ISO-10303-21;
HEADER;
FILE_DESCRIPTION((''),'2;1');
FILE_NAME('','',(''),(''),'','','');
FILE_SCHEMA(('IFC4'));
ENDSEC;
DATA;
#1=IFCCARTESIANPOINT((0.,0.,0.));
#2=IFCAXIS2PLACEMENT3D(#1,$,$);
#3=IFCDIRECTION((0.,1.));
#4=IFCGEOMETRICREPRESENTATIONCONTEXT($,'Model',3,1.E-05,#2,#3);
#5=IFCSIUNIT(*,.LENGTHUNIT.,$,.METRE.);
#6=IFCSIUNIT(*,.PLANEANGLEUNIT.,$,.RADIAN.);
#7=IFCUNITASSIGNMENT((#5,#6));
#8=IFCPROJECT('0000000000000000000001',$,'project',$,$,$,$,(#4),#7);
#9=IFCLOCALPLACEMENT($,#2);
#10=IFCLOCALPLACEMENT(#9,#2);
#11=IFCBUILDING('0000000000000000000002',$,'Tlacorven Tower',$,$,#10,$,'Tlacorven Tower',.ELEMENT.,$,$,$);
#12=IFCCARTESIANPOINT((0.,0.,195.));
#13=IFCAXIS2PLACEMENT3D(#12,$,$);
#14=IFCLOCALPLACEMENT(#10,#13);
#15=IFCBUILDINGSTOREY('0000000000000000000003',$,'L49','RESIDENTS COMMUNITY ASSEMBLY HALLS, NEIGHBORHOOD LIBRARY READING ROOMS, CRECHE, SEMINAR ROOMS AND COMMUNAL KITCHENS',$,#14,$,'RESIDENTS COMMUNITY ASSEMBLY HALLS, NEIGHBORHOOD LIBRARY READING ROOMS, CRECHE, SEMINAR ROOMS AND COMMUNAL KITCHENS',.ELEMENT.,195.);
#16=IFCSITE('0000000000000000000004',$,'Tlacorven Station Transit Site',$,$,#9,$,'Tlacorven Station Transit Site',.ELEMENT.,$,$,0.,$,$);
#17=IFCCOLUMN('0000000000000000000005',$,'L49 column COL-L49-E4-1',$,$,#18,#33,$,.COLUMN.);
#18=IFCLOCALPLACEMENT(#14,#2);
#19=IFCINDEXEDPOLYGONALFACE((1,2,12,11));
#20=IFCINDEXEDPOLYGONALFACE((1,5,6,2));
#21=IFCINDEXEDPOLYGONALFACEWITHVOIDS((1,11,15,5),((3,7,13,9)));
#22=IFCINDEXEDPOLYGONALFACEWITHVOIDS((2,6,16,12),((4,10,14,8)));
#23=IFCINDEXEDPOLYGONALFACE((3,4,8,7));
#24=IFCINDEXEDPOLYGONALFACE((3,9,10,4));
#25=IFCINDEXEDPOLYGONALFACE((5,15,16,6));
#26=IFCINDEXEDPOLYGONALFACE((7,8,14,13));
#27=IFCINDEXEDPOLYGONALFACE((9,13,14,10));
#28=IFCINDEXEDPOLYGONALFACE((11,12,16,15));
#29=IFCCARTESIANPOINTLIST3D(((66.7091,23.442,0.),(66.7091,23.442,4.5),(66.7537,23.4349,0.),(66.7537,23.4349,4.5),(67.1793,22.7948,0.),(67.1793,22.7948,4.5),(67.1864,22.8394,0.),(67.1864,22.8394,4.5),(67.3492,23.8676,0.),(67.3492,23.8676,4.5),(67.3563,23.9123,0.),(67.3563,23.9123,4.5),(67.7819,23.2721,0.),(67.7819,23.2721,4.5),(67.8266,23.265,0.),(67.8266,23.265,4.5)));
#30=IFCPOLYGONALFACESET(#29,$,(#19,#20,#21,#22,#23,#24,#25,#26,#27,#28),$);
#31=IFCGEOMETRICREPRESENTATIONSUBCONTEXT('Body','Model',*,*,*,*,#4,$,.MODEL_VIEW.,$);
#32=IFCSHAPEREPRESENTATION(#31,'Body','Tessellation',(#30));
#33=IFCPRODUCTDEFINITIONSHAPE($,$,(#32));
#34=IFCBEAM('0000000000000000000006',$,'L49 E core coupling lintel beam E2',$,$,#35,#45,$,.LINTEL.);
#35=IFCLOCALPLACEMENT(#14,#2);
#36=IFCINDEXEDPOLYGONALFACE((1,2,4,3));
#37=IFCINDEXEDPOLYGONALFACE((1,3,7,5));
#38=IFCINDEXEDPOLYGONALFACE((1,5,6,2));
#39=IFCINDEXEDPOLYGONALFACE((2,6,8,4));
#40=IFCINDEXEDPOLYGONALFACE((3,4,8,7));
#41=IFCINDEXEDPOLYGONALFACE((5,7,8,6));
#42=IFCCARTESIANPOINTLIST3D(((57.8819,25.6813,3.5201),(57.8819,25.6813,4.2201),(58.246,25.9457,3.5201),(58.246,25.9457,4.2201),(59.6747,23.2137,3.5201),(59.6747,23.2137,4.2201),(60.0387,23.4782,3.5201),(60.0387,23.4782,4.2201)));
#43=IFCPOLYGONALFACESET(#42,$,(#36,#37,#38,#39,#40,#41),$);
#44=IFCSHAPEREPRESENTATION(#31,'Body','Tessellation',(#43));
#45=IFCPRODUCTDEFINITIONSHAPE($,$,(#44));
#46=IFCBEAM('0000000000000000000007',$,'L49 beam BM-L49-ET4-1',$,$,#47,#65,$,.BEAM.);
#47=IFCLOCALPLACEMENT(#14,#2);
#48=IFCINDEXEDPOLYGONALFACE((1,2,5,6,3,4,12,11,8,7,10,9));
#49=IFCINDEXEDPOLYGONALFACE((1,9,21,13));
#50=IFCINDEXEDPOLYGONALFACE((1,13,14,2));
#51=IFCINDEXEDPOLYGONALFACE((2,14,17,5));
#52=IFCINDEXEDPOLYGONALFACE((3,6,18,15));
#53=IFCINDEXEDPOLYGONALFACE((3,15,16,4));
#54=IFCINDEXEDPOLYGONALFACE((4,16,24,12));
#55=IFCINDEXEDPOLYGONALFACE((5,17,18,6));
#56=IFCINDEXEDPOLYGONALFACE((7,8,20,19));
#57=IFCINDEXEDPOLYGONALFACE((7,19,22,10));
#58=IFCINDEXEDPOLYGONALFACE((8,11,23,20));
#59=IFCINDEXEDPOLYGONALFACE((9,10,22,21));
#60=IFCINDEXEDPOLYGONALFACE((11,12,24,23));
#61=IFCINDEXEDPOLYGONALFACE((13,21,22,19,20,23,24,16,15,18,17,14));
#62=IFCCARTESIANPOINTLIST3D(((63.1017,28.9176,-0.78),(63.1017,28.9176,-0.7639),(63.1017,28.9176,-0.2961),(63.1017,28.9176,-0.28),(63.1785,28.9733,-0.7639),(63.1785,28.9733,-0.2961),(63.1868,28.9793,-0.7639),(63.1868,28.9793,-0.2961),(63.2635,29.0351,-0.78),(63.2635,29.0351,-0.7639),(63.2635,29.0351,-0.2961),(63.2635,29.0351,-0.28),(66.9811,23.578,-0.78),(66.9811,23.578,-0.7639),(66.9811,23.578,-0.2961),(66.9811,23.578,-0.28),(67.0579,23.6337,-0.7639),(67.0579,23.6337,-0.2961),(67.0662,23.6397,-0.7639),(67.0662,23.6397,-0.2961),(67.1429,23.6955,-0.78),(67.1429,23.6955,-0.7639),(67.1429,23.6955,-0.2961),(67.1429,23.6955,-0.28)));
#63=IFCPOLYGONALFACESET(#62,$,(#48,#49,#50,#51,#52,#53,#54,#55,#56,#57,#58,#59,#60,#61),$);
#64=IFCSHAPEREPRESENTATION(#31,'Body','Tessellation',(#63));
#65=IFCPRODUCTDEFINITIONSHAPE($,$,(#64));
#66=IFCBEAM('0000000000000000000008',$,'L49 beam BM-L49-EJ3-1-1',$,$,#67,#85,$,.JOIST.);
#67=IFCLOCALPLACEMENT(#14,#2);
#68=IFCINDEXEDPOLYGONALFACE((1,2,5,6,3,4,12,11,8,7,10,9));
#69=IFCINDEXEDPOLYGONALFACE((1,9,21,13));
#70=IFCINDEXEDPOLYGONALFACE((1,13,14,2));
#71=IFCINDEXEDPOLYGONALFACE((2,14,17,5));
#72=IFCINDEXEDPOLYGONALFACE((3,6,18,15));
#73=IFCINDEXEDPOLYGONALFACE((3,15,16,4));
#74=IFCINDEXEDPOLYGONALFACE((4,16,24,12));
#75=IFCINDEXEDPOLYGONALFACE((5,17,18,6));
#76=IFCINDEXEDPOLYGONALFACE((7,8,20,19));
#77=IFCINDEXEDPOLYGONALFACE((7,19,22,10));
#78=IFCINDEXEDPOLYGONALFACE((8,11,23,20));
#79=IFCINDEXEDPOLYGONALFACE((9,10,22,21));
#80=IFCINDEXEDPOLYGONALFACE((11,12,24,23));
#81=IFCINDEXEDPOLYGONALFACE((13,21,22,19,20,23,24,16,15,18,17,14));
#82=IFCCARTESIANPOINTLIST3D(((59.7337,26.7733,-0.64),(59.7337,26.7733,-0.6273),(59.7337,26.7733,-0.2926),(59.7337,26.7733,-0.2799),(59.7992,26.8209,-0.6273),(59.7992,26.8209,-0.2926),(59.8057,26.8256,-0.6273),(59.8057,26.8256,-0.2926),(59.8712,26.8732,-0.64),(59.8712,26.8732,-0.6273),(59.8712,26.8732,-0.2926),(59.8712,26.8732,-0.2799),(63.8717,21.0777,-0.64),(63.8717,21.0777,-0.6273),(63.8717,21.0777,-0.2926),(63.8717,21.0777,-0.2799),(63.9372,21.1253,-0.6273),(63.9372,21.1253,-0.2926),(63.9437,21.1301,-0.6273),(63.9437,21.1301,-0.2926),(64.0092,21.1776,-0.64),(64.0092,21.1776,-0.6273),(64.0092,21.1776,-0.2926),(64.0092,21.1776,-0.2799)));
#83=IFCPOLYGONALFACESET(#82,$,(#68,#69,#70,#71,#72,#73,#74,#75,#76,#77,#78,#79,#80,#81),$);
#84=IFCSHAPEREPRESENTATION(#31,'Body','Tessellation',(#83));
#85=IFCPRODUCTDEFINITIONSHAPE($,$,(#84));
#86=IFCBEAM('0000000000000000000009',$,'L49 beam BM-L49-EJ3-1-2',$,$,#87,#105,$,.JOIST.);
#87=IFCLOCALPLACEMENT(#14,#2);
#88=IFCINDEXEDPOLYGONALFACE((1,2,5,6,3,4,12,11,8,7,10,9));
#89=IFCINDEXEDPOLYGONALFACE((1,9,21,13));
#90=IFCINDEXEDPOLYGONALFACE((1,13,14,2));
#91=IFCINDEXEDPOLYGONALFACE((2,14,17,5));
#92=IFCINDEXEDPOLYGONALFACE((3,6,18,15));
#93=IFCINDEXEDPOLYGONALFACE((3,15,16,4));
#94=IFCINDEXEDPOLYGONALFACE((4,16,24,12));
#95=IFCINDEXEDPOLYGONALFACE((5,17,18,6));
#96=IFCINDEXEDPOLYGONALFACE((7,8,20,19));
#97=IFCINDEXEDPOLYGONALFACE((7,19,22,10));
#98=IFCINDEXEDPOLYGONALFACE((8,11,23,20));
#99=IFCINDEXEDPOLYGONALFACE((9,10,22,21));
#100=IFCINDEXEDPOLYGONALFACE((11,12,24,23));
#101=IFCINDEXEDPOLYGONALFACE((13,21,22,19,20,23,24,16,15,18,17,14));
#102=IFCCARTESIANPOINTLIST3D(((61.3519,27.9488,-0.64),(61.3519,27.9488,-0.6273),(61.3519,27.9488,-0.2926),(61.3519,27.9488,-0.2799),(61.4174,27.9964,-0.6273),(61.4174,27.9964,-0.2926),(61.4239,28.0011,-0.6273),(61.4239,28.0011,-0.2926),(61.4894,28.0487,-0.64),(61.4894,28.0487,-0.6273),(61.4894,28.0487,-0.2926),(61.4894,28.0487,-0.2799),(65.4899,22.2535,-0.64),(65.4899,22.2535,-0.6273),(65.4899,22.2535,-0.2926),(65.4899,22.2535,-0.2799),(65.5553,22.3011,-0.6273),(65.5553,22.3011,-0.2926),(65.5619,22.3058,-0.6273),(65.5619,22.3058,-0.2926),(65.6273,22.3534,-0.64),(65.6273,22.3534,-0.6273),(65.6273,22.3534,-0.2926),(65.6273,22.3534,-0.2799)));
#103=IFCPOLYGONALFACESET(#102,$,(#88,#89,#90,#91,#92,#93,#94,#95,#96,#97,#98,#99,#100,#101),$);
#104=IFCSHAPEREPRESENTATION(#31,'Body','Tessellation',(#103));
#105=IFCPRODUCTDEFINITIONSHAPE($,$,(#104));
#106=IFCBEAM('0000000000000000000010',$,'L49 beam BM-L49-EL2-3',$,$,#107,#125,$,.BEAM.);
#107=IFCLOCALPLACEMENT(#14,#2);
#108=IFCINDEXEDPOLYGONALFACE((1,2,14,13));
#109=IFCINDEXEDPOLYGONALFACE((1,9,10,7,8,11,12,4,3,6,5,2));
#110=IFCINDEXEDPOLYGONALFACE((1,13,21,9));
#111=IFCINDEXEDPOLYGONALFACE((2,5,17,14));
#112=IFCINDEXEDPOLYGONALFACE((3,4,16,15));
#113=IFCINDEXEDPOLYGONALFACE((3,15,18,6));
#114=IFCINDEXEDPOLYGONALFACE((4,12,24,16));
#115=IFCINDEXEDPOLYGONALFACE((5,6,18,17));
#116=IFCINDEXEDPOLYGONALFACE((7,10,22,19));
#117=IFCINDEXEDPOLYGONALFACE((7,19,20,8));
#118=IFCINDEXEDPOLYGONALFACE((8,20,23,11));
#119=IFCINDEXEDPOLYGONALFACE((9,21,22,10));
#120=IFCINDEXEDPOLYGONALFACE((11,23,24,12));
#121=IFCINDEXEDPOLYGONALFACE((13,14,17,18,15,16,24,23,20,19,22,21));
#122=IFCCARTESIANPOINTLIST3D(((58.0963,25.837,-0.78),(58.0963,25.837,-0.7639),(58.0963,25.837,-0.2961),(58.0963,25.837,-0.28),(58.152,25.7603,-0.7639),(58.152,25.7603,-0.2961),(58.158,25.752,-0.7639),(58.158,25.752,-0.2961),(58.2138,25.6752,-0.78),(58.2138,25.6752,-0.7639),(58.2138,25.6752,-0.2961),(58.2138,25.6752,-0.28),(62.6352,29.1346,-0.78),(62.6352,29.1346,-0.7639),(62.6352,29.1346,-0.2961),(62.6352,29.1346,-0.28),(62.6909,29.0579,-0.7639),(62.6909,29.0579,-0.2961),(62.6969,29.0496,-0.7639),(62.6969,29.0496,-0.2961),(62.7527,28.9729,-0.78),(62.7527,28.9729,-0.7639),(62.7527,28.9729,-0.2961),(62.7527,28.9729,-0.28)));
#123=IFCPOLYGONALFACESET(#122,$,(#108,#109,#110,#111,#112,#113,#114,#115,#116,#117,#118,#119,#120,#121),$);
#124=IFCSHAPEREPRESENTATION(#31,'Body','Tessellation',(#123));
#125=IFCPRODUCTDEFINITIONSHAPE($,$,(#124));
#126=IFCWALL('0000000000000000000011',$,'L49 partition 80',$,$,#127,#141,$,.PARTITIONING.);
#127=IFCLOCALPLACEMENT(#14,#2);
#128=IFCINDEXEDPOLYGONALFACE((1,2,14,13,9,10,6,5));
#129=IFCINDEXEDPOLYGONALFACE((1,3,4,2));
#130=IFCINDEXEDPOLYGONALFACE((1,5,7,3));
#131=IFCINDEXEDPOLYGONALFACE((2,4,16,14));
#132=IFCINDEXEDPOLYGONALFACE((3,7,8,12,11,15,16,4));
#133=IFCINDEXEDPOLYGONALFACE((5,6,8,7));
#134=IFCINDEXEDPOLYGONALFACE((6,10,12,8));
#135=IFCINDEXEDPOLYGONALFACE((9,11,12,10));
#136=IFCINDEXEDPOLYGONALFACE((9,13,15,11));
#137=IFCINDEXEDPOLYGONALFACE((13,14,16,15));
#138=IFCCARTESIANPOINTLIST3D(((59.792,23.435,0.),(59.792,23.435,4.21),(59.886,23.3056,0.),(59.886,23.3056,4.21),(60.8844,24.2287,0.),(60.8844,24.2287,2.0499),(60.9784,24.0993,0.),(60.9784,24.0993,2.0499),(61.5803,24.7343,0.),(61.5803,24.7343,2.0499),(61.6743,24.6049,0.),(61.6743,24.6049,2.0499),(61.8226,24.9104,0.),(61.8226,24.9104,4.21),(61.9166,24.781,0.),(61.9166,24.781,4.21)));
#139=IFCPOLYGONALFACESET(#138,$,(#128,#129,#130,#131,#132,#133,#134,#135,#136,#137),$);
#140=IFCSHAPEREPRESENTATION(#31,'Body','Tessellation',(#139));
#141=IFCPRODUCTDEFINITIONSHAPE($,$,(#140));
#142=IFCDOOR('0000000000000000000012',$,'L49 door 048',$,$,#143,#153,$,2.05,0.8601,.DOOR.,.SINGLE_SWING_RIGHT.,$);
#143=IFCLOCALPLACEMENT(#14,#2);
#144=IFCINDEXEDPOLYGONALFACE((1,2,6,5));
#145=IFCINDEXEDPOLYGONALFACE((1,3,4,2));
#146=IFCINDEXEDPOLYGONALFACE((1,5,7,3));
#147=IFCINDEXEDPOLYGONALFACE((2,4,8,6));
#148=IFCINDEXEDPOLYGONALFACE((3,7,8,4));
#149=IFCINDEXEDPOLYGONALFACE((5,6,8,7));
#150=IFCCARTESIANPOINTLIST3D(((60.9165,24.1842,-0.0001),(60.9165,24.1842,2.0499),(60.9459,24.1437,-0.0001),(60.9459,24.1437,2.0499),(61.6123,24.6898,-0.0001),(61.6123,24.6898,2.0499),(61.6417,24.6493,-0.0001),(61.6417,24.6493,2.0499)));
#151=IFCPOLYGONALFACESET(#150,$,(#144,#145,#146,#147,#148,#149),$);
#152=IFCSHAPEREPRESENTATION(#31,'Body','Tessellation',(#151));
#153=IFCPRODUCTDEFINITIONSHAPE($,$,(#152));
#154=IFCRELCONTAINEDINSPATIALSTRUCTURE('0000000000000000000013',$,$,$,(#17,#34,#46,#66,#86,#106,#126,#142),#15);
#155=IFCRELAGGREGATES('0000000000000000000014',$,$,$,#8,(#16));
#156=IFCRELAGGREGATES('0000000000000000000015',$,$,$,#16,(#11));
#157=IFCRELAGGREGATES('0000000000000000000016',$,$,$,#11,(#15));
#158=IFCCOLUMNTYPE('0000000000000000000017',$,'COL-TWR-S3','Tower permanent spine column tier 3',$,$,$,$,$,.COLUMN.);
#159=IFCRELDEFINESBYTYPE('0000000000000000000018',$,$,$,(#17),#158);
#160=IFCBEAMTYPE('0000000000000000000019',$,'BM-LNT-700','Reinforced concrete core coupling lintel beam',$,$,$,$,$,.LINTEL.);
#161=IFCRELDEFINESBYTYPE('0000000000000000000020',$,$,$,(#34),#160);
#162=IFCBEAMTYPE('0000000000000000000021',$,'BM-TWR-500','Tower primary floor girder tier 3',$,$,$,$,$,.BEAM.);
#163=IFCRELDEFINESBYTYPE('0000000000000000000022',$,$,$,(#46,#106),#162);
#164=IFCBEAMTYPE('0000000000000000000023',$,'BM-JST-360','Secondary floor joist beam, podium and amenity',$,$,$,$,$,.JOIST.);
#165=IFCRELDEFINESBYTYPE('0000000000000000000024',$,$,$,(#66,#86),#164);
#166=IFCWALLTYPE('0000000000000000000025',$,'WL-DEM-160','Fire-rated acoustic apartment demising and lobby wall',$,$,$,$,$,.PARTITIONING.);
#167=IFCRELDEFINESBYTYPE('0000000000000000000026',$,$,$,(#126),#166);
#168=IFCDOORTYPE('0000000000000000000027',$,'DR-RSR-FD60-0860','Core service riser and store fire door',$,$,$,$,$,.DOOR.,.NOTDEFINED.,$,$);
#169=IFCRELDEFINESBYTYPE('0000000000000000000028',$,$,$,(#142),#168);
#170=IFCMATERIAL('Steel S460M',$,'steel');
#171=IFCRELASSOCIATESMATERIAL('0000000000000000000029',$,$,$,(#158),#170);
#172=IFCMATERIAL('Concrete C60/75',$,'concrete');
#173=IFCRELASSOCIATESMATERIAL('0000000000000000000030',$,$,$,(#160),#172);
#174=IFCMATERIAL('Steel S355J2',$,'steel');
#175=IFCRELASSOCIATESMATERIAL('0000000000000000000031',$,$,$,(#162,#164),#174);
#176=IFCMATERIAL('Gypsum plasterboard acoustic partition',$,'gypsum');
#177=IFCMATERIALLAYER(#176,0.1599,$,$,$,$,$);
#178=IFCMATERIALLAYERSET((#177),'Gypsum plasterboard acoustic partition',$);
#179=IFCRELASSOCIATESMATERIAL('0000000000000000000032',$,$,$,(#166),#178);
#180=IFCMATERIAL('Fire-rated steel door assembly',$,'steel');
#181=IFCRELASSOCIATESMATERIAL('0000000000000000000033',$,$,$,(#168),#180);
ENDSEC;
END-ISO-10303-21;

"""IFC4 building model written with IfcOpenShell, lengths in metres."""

from ifc_helpers import new_model, si_unit, direction, frame, frame_2d, origin, origin_2d, place, context, subcontext, project, spatial, rectangle, hollow_rectangle, i_section, extrude, source, transform, mapped, material, layer, layer_set, material_profile, profile_set, type_object, element, fill, save


model = new_model("IFC4")

# Units and contexts
model_context = context("Model", 3, precision=1e-05, world=origin(), true_north=direction((0.0, 1.0)))
body_context = subcontext(model_context, "Body", "Model", "MODEL_VIEW")
ifc_project = project(units=[si_unit("LENGTHUNIT", "METRE"), si_unit("PLANEANGLEUNIT", "RADIAN")], contexts=[model_context])

# Site, building, storey
site_placement = place(None, origin())
site = spatial("IfcSite", under=ifc_project, at=site_placement, Name="Tlacorven Station Transit Site", LongName="Tlacorven Station Transit Site", CompositionType="ELEMENT", RefElevation=0.0)
building_placement = place(site_placement, origin())
building = spatial("IfcBuilding", under=site, at=building_placement, Name="Tlacorven Tower", LongName="Tlacorven Tower", CompositionType="ELEMENT")
storey_placement = place(building_placement, frame((0.0, 0.0, 195.0)))
storey = spatial("IfcBuildingStorey", under=building, at=storey_placement, Name="L49", Description="RESIDENTS COMMUNITY ASSEMBLY HALLS, NEIGHBORHOOD LIBRARY READING ROOMS, CRECHE, SEMINAR ROOMS AND COMMUNAL KITCHENS", LongName="RESIDENTS COMMUNITY ASSEMBLY HALLS, NEIGHBORHOOD LIBRARY READING ROOMS, CRECHE, SEMINAR ROOMS AND COMMUNAL KITCHENS", CompositionType="ELEMENT", Elevation=195.0)

# Column
ifc_material_1 = material(Name="Steel S460M", Category="steel")
ifc_material_profile_1 = material_profile(ifc_material_1, hollow_rectangle(XDim=0.8, YDim=0.8, WallThickness=0.032, at=origin_2d()), Name="BOX 800X800X32")
ifc_profile_set_1 = profile_set([ifc_material_profile_1], Name="Steel S460M")
column_type = type_object("IfcColumnType", Name="COL-TWR-S3", Description="Tower permanent spine column tier 3", PredefinedType="COLUMN", material=ifc_profile_set_1)
shared_shape_1 = source(origin(), body_context, "Body", "SweptSolid", [
    extrude(hollow_rectangle(XDim=0.8, YDim=0.8, WallThickness=0.032, at=origin_2d()), origin(), (0.0, 0.0, 1.0), 4.5),
])
column_placement = place(storey_placement, frame((67.2678, 23.3535, 0.0), z_axis=(0.0, 0.0, 1.0), x_axis=(0.809017, 0.587785, 0.0)))
element("IfcColumn", 1, at=column_placement, inside=storey, type_object=column_type, Name="L49 column COL-L49-E4-1", PredefinedType="COLUMN", context=body_context, shape_type="MappedRepresentation", body=[
    mapped(shared_shape_1, transform((0.0, 0.0, 0.0), scale=1.0)),
])

# Beams
ifc_material_2 = material(Name="Concrete C60/75", Category="concrete")
ifc_material_profile_2 = material_profile(ifc_material_2, rectangle(XDim=0.45, YDim=0.7, at=origin_2d()), Name="RC 450X700")
ifc_profile_set_2 = profile_set([ifc_material_profile_2], Name="Concrete C60/75")
beam_type_1 = type_object("IfcBeamType", Name="BM-LNT-700", Description="Reinforced concrete core coupling lintel beam", PredefinedType="LINTEL", material=ifc_profile_set_2)
shared_shape_2 = source(origin(), body_context, "Body", "SweptSolid", [
    extrude(rectangle(XDim=0.45, YDim=0.7, at=origin_2d()), origin(), (0.0, 0.0, 1.0), 3.05),
])
beam_1_placement = place(storey_placement, frame((59.8567, 23.3459, 3.8701), z_axis=(-0.587777, 0.809023, 0.0), x_axis=(-0.809023, -0.587777, 0.0)))
element("IfcBeam", 2, at=beam_1_placement, inside=storey, type_object=beam_type_1, Name="L49 E core coupling lintel beam E2", PredefinedType="LINTEL", context=body_context, shape_type="MappedRepresentation", body=[
    mapped(shared_shape_2, transform((0.0, 0.0, 0.0), scale=1.0)),
])
ifc_material_3 = material(Name="Steel S355J2", Category="steel")
ifc_material_profile_3 = material_profile(ifc_material_3, i_section(OverallWidth=0.2, OverallDepth=0.5, WebThickness=0.0103, FlangeThickness=0.0161, at=origin_2d()), Name="IPE 500")
ifc_profile_set_3 = profile_set([ifc_material_profile_3], Name="Steel S355J2")
beam_type_2 = type_object("IfcBeamType", Name="BM-TWR-500", Description="Tower primary floor girder tier 3", PredefinedType="BEAM", material=ifc_profile_set_3)
shared_shape_3 = source(origin(), body_context, "Body", "SweptSolid", [
    extrude(i_section(OverallWidth=0.2, OverallDepth=0.5, WebThickness=0.0103, FlangeThickness=0.0161, at=origin_2d()), origin(), (0.0, 0.0, 1.0), 6.6001),
])
beam_2_placement = place(storey_placement, frame((67.062, 23.6367, -0.53), z_axis=(-0.58778, 0.809021, 0.0), x_axis=(-0.809021, -0.58778, 0.0)))
element("IfcBeam", 3, at=beam_2_placement, inside=storey, type_object=beam_type_2, Name="L49 beam BM-L49-ET4-1", PredefinedType="BEAM", context=body_context, shape_type="MappedRepresentation", body=[
    mapped(shared_shape_3, transform((0.0, 0.0, 0.0), scale=1.0)),
])
ifc_material_profile_4 = material_profile(ifc_material_3, i_section(OverallWidth=0.1699, OverallDepth=0.3601, WebThickness=0.0081, FlangeThickness=0.0127, at=origin_2d()), Name="IPE 360")
ifc_profile_set_4 = profile_set([ifc_material_profile_4], Name="Steel S355J2")
beam_type_3 = type_object("IfcBeamType", Name="BM-JST-360", Description="Secondary floor joist beam, podium and amenity", PredefinedType="JOIST", material=ifc_profile_set_4)
shared_shape_4 = source(origin(), body_context, "Body", "SweptSolid", [
    extrude(i_section(OverallWidth=0.1699, OverallDepth=0.3601, WebThickness=0.0081, FlangeThickness=0.0127, at=origin_2d()), origin(), (0.0, 0.0, 1.0), 7.04),
])
beam_3_placement = place(storey_placement, frame((63.9404, 21.1277, -0.46), z_axis=(-0.587774, 0.809025, 0.0), x_axis=(-0.809025, -0.587774, 0.0)))
element("IfcBeam", 4, at=beam_3_placement, inside=storey, type_object=beam_type_3, Name="L49 beam BM-L49-EJ3-1-1", PredefinedType="JOIST", context=body_context, shape_type="MappedRepresentation", body=[
    mapped(shared_shape_4, transform((0.0, 0.0, 0.0), scale=1.0)),
])
shared_shape_5 = source(origin(), body_context, "Body", "SweptSolid", [
    extrude(i_section(OverallWidth=0.1699, OverallDepth=0.3601, WebThickness=0.0081, FlangeThickness=0.0127, at=origin_2d()), origin(), (0.0, 0.0, 1.0), 7.0398),
])
beam_4_placement = place(storey_placement, frame((65.5586, 22.3035, -0.46), z_axis=(-0.58779, 0.809013, 0.0), x_axis=(-0.809013, -0.58779, 0.0)))
element("IfcBeam", 5, at=beam_4_placement, inside=storey, type_object=beam_type_3, Name="L49 beam BM-L49-EJ3-1-2", PredefinedType="JOIST", context=body_context, shape_type="MappedRepresentation", body=[
    mapped(shared_shape_5, transform((0.0, 0.0, 0.0), scale=1.0)),
])
shared_shape_6 = source(origin(), body_context, "Body", "SweptSolid", [
    extrude(i_section(OverallWidth=0.2, OverallDepth=0.5, WebThickness=0.0103, FlangeThickness=0.0161, at=origin_2d()), origin(), (0.0, 0.0, 1.0), 5.6104),
])
beam_5_placement = place(storey_placement, frame((58.155, 25.7561, -0.53), z_axis=(0.80902, 0.587781, 0.0), x_axis=(-0.587781, 0.80902, 0.0)))
element("IfcBeam", 6, at=beam_5_placement, inside=storey, type_object=beam_type_2, Name="L49 beam BM-L49-EL2-3", PredefinedType="BEAM", context=body_context, shape_type="MappedRepresentation", body=[
    mapped(shared_shape_6, transform((0.0, 0.0, 0.0), scale=1.0)),
])

# Wall, opening, door
ifc_material_4 = material(Name="Gypsum plasterboard acoustic partition", Category="gypsum")
ifc_layer_1 = layer(ifc_material_4, 0.1599)
ifc_layer_set_1 = layer_set([ifc_layer_1], Name="Gypsum plasterboard acoustic partition")
wall_type_1 = type_object("IfcWallType", Name="WL-DEM-160", Description="Fire-rated acoustic apartment demising and lobby wall", PredefinedType="PARTITIONING", material=ifc_layer_set_1)
wall_1_placement = place(storey_placement, frame((59.8391, 23.3704, 0.0), z_axis=(0.0, 0.0, 1.0), x_axis=(0.809001, 0.587807, 0.0)))
wall_1 = element("IfcWall", 7, at=wall_1_placement, inside=storey, type_object=wall_type_1, Name="L49 partition 80", PredefinedType="PARTITIONING", context=body_context, shape_type="SweptSolid", body=[
    extrude(rectangle(XDim=2.51, YDim=0.1599, at=frame_2d((1.2549, 0.0))), origin(), (0.0, 0.0, 1.0), 4.21),
])
opening_1_placement = place(wall_1_placement, frame((1.3501, 0.0, 0.0)))
opening_1 = element("IfcOpeningElement", 8, at=opening_1_placement, cuts=wall_1, PredefinedType="OPENING", context=body_context, shape_type="SweptSolid", body=[
    extrude(rectangle(XDim=0.8601, YDim=2.05, at=frame_2d((0.4302, 1.0249))), frame((0.0, 0.0898, 0.0), z_axis=(0.0, -1.0, 0.0), x_axis=(1.0, 0.0, 0.0)), (0.0, 0.0, 1.0), 0.1799),
])
ifc_material_5 = material(Name="Fire-rated steel door assembly", Category="steel")
door_type_1 = type_object("IfcDoorType", Name="DR-RSR-FD60-0860", Description="Core service riser and store fire door", OperationType="NOTDEFINED", PredefinedType="DOOR", material=ifc_material_5)
shared_shape_7 = source(origin(), body_context, "Body", "SweptSolid", [
    extrude(rectangle(XDim=0.8601, YDim=2.05, at=frame_2d((0.4302, 1.0249))), frame((0.0, 0.0249, 0.0), z_axis=(0.0, -1.0, 0.0), x_axis=(1.0, 0.0, 0.0)), (0.0, 0.0, 1.0), 0.05),
])
door_1_placement = place(opening_1_placement, frame((0.8601, 0.0, 0.0), z_axis=(0.0, 0.0, 1.0), x_axis=(-1.0, 0.0, 0.0)))
door_1 = element("IfcDoor", 9, at=door_1_placement, inside=storey, type_object=door_type_1, Name="L49 door 048", OperationType="SINGLE_SWING_RIGHT", OverallHeight=2.05, OverallWidth=0.8601, PredefinedType="DOOR", context=body_context, shape_type="MappedRepresentation", body=[
    mapped(shared_shape_7, transform((0.0, 0.0, 0.0), scale=1.0)),
])
fill(opening_1, door_1)

save(model, "model.ifc")
